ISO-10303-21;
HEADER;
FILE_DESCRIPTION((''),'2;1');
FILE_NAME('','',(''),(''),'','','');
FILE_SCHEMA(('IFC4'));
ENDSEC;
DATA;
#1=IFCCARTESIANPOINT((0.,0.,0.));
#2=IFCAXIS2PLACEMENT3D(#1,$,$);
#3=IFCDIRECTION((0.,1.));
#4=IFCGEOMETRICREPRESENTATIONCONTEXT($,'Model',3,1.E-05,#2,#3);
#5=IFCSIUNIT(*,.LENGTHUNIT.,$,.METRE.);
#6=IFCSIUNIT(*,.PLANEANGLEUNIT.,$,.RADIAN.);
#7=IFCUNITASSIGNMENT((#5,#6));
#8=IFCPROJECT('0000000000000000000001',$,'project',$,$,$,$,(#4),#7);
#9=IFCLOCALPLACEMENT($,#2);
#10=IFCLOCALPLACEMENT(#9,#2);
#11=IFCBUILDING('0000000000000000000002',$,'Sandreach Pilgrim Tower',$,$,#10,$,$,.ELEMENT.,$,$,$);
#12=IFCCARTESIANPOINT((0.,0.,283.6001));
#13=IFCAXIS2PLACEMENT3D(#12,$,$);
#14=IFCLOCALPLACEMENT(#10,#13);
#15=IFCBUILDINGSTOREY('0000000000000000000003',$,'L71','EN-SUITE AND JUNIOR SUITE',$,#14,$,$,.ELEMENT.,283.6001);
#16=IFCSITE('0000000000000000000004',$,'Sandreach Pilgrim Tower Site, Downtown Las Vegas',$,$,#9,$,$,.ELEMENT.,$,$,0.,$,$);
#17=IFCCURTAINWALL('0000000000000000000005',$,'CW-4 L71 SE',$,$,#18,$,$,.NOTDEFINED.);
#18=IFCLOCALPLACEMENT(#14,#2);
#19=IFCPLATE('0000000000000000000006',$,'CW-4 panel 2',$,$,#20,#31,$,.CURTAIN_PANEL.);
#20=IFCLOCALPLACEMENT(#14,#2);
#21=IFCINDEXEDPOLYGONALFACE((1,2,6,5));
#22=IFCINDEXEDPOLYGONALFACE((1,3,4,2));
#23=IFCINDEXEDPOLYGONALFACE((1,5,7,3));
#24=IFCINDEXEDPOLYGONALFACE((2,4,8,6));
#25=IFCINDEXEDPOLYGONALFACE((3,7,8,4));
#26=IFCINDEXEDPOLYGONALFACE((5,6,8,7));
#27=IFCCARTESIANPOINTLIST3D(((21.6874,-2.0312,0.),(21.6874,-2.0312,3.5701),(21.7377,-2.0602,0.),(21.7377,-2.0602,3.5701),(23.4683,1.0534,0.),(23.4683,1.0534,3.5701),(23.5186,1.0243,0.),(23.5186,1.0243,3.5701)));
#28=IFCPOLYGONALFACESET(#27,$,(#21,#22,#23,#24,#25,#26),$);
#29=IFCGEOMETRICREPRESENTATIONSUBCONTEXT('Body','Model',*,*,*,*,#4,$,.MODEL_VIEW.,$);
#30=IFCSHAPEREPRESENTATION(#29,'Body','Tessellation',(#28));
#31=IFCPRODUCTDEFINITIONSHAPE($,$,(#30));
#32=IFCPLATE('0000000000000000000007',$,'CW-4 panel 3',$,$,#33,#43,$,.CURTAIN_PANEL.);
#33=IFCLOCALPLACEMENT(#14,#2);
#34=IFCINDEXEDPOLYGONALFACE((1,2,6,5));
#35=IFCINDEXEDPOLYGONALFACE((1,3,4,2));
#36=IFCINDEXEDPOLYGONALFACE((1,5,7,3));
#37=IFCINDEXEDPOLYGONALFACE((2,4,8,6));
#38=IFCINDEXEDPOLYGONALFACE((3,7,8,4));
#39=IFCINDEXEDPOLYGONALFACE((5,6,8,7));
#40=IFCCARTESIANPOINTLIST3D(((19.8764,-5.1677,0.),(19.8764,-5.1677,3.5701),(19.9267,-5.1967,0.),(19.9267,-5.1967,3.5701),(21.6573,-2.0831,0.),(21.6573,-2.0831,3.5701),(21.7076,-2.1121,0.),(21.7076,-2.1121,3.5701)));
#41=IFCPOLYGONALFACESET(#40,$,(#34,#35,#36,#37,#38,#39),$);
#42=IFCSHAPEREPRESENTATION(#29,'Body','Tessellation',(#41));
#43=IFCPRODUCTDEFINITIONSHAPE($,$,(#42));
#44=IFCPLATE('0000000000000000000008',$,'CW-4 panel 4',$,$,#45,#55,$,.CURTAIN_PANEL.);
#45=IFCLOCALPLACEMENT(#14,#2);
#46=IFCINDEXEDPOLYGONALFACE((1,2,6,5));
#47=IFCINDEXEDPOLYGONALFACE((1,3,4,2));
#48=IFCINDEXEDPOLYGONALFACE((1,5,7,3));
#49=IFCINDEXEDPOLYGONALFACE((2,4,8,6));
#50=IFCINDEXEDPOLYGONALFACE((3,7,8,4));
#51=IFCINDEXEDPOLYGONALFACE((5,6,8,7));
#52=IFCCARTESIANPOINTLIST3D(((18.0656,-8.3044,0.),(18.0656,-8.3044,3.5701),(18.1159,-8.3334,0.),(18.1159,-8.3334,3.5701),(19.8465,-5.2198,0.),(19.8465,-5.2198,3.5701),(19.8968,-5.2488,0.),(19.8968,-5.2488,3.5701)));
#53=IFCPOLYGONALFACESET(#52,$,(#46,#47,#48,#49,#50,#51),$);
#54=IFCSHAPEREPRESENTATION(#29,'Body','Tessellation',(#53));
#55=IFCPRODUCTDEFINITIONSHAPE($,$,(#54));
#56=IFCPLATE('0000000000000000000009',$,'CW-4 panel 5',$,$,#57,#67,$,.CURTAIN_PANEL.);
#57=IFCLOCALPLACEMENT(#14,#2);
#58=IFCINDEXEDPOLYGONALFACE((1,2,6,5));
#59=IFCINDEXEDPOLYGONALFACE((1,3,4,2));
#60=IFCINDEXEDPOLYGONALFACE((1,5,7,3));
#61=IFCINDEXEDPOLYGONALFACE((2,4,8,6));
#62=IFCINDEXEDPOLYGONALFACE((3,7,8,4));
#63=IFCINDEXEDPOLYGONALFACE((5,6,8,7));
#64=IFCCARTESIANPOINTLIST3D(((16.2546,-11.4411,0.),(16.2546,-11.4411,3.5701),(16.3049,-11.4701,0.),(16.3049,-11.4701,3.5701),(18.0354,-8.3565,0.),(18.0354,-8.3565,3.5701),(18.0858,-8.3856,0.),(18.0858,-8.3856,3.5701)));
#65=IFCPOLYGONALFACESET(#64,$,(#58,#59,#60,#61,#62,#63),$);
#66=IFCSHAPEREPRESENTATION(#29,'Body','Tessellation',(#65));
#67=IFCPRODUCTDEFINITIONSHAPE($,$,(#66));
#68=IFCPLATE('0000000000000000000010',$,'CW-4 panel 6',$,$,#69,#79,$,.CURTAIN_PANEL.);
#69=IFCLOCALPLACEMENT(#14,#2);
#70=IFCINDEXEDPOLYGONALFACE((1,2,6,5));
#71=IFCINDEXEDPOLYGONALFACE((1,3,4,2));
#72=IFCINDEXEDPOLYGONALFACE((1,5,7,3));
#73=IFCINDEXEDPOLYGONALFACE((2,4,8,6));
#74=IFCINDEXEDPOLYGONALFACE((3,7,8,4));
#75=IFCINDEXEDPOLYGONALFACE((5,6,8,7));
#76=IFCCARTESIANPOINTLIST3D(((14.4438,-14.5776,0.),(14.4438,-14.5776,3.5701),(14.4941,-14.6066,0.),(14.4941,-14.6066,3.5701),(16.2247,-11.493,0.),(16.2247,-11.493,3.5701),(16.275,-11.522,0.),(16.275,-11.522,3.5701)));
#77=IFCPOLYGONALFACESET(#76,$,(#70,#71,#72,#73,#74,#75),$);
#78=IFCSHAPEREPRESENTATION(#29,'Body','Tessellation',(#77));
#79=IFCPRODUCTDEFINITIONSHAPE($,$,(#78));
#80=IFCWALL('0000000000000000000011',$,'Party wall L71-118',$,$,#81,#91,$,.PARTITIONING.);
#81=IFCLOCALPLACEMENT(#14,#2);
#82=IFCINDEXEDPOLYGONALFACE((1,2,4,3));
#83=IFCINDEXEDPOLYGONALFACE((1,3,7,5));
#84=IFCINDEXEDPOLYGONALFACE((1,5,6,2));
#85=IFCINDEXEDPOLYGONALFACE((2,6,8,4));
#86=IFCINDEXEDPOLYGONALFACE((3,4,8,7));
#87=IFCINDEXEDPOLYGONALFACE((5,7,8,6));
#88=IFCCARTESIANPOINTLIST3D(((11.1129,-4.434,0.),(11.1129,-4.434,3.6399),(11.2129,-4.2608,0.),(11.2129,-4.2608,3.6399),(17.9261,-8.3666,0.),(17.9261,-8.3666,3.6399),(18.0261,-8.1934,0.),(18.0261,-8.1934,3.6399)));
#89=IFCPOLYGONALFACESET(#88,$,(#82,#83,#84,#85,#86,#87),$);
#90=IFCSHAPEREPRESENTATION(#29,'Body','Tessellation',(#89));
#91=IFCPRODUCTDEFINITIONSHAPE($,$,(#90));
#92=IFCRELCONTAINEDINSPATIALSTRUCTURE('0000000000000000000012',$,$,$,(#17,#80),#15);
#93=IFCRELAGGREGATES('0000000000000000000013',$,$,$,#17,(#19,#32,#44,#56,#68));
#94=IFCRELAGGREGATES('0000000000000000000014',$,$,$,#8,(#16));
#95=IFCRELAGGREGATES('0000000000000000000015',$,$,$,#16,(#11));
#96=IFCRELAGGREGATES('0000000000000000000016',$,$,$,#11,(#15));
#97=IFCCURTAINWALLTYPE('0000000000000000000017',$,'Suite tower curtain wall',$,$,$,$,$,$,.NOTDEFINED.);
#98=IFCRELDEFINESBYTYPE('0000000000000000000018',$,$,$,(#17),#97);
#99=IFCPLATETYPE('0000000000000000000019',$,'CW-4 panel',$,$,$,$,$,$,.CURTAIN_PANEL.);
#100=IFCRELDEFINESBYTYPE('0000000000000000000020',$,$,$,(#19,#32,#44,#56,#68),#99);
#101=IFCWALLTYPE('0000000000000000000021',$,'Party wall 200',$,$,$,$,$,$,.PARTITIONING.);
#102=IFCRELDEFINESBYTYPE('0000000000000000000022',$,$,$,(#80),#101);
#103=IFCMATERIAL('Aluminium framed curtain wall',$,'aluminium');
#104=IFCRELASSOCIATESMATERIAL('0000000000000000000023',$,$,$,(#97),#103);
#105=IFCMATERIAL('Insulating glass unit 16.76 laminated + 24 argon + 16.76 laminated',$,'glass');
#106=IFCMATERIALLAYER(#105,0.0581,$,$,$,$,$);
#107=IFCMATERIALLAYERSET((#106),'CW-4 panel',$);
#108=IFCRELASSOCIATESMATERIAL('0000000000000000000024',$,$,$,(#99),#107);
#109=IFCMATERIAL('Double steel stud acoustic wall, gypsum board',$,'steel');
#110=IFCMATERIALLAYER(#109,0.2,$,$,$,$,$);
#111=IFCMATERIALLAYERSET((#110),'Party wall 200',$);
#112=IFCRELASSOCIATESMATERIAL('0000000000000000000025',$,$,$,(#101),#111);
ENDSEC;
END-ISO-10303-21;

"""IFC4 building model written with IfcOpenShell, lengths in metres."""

from ifc_helpers import new_model, si_unit, direction, frame, frame_2d, origin, origin_2d, place, context, subcontext, project, spatial, rectangle, extrude, material, layer, layer_set, type_object, element, aggregate, save


model = new_model("IFC4")

# Units and contexts
model_context = context("Model", 3, precision=1e-05, world=origin(), true_north=direction((0.0, 1.0)))
body_context = subcontext(model_context, "Body", "Model", "MODEL_VIEW")
ifc_project = project(units=[si_unit("LENGTHUNIT", "METRE"), si_unit("PLANEANGLEUNIT", "RADIAN")], contexts=[model_context])

# Site, building, storey
site_placement = place(None, origin())
site = spatial("IfcSite", under=ifc_project, at=site_placement, Name="Sandreach Pilgrim Tower Site, Downtown Las Vegas", CompositionType="ELEMENT", RefElevation=0.0)
building_placement = place(site_placement, origin())
building = spatial("IfcBuilding", under=site, at=building_placement, Name="Sandreach Pilgrim Tower", CompositionType="ELEMENT")
storey_placement = place(building_placement, frame((0.0, 0.0, 283.6001)))
storey = spatial("IfcBuildingStorey", under=building, at=storey_placement, Name="L71", Description="EN-SUITE AND JUNIOR SUITE", CompositionType="ELEMENT", Elevation=283.6001)

# Curtain wall
ifc_material_1 = material(Name="Aluminium framed curtain wall", Category="aluminium")
curtain_wall_type = type_object("IfcCurtainWallType", Name="Suite tower curtain wall", PredefinedType="NOTDEFINED", material=ifc_material_1)
curtain_wall_placement = place(storey_placement, origin())
curtain_wall = element("IfcCurtainWall", 1, at=curtain_wall_placement, inside=storey, type_object=curtain_wall_type, Name="CW-4 L71 SE", PredefinedType="NOTDEFINED")

# Plates
ifc_material_2 = material(Name="Insulating glass unit 16.76 laminated + 24 argon + 16.76 laminated", Category="glass")
ifc_layer_1 = layer(ifc_material_2, 0.0581)
ifc_layer_set_1 = layer_set([ifc_layer_1], Name="CW-4 panel")
plate_type = type_object("IfcPlateType", Name="CW-4 panel", PredefinedType="CURTAIN_PANEL", material=ifc_layer_set_1)
plate_1_placement = place(storey_placement, frame((22.603, -0.5034, 0.0), z_axis=(0.0, 0.0, 1.0), x_axis=(-0.5, -0.866025, 0.0)))
plate_1 = element("IfcPlate", 2, at=plate_1_placement, type_object=plate_type, Name="CW-4 panel 2", PredefinedType="CURTAIN_PANEL", context=body_context, shape_type="SweptSolid", body=[
    extrude(rectangle(XDim=3.5618, YDim=0.0581, at=origin_2d()), origin(), (0.0, 0.0, 1.0), 3.5701),
])
plate_2_placement = place(storey_placement, frame((20.792, -3.6399, 0.0), z_axis=(0.0, 0.0, 1.0), x_axis=(-0.5, -0.866025, 0.0)))
plate_2 = element("IfcPlate", 3, at=plate_2_placement, type_object=plate_type, Name="CW-4 panel 3", PredefinedType="CURTAIN_PANEL", context=body_context, shape_type="SweptSolid", body=[
    extrude(rectangle(XDim=3.5618, YDim=0.0581, at=origin_2d()), origin(), (0.0, 0.0, 1.0), 3.5701),
])
plate_3_placement = place(storey_placement, frame((18.9812, -6.7766, 0.0), z_axis=(0.0, 0.0, 1.0), x_axis=(-0.5, -0.866025, 0.0)))
plate_3 = element("IfcPlate", 4, at=plate_3_placement, type_object=plate_type, Name="CW-4 panel 4", PredefinedType="CURTAIN_PANEL", context=body_context, shape_type="SweptSolid", body=[
    extrude(rectangle(XDim=3.5618, YDim=0.0581, at=origin_2d()), origin(), (0.0, 0.0, 1.0), 3.5701),
])
plate_4_placement = place(storey_placement, frame((17.1702, -9.9133, 0.0), z_axis=(0.0, 0.0, 1.0), x_axis=(-0.5, -0.866025, 0.0)))
plate_4 = element("IfcPlate", 5, at=plate_4_placement, type_object=plate_type, Name="CW-4 panel 5", PredefinedType="CURTAIN_PANEL", context=body_context, shape_type="SweptSolid", body=[
    extrude(rectangle(XDim=3.5618, YDim=0.0581, at=origin_2d()), origin(), (0.0, 0.0, 1.0), 3.5701),
])
plate_5_placement = place(storey_placement, frame((15.3594, -13.0498, 0.0), z_axis=(0.0, 0.0, 1.0), x_axis=(-0.5, -0.866025, 0.0)))
plate_5 = element("IfcPlate", 6, at=plate_5_placement, type_object=plate_type, Name="CW-4 panel 6", PredefinedType="CURTAIN_PANEL", context=body_context, shape_type="SweptSolid", body=[
    extrude(rectangle(XDim=3.5618, YDim=0.0581, at=origin_2d()), origin(), (0.0, 0.0, 1.0), 3.5701),
])
aggregate(curtain_wall, [plate_1, plate_2, plate_3, plate_4, plate_5])

# Wall
ifc_material_3 = material(Name="Double steel stud acoustic wall, gypsum board", Category="steel")
ifc_layer_2 = layer(ifc_material_3, 0.2)
ifc_layer_set_2 = layer_set([ifc_layer_2], Name="Party wall 200")
wall_type = type_object("IfcWallType", Name="Party wall 200", PredefinedType="PARTITIONING", material=ifc_layer_set_2)
wall_placement = place(storey_placement, frame((17.9761, -8.28, 0.0), z_axis=(0.0, 0.0, 1.0), x_axis=(-0.866081, 0.499904, 0.0)))
element("IfcWall", 7, at=wall_placement, inside=storey, type_object=wall_type, Name="Party wall L71-118", PredefinedType="PARTITIONING", context=body_context, shape_type="SweptSolid", body=[
    extrude(rectangle(XDim=7.8667, YDim=0.2, at=frame_2d((3.9333, 0.0))), origin(), (0.0, 0.0, 1.0), 3.6399),
])

save(model, "model.ifc")
